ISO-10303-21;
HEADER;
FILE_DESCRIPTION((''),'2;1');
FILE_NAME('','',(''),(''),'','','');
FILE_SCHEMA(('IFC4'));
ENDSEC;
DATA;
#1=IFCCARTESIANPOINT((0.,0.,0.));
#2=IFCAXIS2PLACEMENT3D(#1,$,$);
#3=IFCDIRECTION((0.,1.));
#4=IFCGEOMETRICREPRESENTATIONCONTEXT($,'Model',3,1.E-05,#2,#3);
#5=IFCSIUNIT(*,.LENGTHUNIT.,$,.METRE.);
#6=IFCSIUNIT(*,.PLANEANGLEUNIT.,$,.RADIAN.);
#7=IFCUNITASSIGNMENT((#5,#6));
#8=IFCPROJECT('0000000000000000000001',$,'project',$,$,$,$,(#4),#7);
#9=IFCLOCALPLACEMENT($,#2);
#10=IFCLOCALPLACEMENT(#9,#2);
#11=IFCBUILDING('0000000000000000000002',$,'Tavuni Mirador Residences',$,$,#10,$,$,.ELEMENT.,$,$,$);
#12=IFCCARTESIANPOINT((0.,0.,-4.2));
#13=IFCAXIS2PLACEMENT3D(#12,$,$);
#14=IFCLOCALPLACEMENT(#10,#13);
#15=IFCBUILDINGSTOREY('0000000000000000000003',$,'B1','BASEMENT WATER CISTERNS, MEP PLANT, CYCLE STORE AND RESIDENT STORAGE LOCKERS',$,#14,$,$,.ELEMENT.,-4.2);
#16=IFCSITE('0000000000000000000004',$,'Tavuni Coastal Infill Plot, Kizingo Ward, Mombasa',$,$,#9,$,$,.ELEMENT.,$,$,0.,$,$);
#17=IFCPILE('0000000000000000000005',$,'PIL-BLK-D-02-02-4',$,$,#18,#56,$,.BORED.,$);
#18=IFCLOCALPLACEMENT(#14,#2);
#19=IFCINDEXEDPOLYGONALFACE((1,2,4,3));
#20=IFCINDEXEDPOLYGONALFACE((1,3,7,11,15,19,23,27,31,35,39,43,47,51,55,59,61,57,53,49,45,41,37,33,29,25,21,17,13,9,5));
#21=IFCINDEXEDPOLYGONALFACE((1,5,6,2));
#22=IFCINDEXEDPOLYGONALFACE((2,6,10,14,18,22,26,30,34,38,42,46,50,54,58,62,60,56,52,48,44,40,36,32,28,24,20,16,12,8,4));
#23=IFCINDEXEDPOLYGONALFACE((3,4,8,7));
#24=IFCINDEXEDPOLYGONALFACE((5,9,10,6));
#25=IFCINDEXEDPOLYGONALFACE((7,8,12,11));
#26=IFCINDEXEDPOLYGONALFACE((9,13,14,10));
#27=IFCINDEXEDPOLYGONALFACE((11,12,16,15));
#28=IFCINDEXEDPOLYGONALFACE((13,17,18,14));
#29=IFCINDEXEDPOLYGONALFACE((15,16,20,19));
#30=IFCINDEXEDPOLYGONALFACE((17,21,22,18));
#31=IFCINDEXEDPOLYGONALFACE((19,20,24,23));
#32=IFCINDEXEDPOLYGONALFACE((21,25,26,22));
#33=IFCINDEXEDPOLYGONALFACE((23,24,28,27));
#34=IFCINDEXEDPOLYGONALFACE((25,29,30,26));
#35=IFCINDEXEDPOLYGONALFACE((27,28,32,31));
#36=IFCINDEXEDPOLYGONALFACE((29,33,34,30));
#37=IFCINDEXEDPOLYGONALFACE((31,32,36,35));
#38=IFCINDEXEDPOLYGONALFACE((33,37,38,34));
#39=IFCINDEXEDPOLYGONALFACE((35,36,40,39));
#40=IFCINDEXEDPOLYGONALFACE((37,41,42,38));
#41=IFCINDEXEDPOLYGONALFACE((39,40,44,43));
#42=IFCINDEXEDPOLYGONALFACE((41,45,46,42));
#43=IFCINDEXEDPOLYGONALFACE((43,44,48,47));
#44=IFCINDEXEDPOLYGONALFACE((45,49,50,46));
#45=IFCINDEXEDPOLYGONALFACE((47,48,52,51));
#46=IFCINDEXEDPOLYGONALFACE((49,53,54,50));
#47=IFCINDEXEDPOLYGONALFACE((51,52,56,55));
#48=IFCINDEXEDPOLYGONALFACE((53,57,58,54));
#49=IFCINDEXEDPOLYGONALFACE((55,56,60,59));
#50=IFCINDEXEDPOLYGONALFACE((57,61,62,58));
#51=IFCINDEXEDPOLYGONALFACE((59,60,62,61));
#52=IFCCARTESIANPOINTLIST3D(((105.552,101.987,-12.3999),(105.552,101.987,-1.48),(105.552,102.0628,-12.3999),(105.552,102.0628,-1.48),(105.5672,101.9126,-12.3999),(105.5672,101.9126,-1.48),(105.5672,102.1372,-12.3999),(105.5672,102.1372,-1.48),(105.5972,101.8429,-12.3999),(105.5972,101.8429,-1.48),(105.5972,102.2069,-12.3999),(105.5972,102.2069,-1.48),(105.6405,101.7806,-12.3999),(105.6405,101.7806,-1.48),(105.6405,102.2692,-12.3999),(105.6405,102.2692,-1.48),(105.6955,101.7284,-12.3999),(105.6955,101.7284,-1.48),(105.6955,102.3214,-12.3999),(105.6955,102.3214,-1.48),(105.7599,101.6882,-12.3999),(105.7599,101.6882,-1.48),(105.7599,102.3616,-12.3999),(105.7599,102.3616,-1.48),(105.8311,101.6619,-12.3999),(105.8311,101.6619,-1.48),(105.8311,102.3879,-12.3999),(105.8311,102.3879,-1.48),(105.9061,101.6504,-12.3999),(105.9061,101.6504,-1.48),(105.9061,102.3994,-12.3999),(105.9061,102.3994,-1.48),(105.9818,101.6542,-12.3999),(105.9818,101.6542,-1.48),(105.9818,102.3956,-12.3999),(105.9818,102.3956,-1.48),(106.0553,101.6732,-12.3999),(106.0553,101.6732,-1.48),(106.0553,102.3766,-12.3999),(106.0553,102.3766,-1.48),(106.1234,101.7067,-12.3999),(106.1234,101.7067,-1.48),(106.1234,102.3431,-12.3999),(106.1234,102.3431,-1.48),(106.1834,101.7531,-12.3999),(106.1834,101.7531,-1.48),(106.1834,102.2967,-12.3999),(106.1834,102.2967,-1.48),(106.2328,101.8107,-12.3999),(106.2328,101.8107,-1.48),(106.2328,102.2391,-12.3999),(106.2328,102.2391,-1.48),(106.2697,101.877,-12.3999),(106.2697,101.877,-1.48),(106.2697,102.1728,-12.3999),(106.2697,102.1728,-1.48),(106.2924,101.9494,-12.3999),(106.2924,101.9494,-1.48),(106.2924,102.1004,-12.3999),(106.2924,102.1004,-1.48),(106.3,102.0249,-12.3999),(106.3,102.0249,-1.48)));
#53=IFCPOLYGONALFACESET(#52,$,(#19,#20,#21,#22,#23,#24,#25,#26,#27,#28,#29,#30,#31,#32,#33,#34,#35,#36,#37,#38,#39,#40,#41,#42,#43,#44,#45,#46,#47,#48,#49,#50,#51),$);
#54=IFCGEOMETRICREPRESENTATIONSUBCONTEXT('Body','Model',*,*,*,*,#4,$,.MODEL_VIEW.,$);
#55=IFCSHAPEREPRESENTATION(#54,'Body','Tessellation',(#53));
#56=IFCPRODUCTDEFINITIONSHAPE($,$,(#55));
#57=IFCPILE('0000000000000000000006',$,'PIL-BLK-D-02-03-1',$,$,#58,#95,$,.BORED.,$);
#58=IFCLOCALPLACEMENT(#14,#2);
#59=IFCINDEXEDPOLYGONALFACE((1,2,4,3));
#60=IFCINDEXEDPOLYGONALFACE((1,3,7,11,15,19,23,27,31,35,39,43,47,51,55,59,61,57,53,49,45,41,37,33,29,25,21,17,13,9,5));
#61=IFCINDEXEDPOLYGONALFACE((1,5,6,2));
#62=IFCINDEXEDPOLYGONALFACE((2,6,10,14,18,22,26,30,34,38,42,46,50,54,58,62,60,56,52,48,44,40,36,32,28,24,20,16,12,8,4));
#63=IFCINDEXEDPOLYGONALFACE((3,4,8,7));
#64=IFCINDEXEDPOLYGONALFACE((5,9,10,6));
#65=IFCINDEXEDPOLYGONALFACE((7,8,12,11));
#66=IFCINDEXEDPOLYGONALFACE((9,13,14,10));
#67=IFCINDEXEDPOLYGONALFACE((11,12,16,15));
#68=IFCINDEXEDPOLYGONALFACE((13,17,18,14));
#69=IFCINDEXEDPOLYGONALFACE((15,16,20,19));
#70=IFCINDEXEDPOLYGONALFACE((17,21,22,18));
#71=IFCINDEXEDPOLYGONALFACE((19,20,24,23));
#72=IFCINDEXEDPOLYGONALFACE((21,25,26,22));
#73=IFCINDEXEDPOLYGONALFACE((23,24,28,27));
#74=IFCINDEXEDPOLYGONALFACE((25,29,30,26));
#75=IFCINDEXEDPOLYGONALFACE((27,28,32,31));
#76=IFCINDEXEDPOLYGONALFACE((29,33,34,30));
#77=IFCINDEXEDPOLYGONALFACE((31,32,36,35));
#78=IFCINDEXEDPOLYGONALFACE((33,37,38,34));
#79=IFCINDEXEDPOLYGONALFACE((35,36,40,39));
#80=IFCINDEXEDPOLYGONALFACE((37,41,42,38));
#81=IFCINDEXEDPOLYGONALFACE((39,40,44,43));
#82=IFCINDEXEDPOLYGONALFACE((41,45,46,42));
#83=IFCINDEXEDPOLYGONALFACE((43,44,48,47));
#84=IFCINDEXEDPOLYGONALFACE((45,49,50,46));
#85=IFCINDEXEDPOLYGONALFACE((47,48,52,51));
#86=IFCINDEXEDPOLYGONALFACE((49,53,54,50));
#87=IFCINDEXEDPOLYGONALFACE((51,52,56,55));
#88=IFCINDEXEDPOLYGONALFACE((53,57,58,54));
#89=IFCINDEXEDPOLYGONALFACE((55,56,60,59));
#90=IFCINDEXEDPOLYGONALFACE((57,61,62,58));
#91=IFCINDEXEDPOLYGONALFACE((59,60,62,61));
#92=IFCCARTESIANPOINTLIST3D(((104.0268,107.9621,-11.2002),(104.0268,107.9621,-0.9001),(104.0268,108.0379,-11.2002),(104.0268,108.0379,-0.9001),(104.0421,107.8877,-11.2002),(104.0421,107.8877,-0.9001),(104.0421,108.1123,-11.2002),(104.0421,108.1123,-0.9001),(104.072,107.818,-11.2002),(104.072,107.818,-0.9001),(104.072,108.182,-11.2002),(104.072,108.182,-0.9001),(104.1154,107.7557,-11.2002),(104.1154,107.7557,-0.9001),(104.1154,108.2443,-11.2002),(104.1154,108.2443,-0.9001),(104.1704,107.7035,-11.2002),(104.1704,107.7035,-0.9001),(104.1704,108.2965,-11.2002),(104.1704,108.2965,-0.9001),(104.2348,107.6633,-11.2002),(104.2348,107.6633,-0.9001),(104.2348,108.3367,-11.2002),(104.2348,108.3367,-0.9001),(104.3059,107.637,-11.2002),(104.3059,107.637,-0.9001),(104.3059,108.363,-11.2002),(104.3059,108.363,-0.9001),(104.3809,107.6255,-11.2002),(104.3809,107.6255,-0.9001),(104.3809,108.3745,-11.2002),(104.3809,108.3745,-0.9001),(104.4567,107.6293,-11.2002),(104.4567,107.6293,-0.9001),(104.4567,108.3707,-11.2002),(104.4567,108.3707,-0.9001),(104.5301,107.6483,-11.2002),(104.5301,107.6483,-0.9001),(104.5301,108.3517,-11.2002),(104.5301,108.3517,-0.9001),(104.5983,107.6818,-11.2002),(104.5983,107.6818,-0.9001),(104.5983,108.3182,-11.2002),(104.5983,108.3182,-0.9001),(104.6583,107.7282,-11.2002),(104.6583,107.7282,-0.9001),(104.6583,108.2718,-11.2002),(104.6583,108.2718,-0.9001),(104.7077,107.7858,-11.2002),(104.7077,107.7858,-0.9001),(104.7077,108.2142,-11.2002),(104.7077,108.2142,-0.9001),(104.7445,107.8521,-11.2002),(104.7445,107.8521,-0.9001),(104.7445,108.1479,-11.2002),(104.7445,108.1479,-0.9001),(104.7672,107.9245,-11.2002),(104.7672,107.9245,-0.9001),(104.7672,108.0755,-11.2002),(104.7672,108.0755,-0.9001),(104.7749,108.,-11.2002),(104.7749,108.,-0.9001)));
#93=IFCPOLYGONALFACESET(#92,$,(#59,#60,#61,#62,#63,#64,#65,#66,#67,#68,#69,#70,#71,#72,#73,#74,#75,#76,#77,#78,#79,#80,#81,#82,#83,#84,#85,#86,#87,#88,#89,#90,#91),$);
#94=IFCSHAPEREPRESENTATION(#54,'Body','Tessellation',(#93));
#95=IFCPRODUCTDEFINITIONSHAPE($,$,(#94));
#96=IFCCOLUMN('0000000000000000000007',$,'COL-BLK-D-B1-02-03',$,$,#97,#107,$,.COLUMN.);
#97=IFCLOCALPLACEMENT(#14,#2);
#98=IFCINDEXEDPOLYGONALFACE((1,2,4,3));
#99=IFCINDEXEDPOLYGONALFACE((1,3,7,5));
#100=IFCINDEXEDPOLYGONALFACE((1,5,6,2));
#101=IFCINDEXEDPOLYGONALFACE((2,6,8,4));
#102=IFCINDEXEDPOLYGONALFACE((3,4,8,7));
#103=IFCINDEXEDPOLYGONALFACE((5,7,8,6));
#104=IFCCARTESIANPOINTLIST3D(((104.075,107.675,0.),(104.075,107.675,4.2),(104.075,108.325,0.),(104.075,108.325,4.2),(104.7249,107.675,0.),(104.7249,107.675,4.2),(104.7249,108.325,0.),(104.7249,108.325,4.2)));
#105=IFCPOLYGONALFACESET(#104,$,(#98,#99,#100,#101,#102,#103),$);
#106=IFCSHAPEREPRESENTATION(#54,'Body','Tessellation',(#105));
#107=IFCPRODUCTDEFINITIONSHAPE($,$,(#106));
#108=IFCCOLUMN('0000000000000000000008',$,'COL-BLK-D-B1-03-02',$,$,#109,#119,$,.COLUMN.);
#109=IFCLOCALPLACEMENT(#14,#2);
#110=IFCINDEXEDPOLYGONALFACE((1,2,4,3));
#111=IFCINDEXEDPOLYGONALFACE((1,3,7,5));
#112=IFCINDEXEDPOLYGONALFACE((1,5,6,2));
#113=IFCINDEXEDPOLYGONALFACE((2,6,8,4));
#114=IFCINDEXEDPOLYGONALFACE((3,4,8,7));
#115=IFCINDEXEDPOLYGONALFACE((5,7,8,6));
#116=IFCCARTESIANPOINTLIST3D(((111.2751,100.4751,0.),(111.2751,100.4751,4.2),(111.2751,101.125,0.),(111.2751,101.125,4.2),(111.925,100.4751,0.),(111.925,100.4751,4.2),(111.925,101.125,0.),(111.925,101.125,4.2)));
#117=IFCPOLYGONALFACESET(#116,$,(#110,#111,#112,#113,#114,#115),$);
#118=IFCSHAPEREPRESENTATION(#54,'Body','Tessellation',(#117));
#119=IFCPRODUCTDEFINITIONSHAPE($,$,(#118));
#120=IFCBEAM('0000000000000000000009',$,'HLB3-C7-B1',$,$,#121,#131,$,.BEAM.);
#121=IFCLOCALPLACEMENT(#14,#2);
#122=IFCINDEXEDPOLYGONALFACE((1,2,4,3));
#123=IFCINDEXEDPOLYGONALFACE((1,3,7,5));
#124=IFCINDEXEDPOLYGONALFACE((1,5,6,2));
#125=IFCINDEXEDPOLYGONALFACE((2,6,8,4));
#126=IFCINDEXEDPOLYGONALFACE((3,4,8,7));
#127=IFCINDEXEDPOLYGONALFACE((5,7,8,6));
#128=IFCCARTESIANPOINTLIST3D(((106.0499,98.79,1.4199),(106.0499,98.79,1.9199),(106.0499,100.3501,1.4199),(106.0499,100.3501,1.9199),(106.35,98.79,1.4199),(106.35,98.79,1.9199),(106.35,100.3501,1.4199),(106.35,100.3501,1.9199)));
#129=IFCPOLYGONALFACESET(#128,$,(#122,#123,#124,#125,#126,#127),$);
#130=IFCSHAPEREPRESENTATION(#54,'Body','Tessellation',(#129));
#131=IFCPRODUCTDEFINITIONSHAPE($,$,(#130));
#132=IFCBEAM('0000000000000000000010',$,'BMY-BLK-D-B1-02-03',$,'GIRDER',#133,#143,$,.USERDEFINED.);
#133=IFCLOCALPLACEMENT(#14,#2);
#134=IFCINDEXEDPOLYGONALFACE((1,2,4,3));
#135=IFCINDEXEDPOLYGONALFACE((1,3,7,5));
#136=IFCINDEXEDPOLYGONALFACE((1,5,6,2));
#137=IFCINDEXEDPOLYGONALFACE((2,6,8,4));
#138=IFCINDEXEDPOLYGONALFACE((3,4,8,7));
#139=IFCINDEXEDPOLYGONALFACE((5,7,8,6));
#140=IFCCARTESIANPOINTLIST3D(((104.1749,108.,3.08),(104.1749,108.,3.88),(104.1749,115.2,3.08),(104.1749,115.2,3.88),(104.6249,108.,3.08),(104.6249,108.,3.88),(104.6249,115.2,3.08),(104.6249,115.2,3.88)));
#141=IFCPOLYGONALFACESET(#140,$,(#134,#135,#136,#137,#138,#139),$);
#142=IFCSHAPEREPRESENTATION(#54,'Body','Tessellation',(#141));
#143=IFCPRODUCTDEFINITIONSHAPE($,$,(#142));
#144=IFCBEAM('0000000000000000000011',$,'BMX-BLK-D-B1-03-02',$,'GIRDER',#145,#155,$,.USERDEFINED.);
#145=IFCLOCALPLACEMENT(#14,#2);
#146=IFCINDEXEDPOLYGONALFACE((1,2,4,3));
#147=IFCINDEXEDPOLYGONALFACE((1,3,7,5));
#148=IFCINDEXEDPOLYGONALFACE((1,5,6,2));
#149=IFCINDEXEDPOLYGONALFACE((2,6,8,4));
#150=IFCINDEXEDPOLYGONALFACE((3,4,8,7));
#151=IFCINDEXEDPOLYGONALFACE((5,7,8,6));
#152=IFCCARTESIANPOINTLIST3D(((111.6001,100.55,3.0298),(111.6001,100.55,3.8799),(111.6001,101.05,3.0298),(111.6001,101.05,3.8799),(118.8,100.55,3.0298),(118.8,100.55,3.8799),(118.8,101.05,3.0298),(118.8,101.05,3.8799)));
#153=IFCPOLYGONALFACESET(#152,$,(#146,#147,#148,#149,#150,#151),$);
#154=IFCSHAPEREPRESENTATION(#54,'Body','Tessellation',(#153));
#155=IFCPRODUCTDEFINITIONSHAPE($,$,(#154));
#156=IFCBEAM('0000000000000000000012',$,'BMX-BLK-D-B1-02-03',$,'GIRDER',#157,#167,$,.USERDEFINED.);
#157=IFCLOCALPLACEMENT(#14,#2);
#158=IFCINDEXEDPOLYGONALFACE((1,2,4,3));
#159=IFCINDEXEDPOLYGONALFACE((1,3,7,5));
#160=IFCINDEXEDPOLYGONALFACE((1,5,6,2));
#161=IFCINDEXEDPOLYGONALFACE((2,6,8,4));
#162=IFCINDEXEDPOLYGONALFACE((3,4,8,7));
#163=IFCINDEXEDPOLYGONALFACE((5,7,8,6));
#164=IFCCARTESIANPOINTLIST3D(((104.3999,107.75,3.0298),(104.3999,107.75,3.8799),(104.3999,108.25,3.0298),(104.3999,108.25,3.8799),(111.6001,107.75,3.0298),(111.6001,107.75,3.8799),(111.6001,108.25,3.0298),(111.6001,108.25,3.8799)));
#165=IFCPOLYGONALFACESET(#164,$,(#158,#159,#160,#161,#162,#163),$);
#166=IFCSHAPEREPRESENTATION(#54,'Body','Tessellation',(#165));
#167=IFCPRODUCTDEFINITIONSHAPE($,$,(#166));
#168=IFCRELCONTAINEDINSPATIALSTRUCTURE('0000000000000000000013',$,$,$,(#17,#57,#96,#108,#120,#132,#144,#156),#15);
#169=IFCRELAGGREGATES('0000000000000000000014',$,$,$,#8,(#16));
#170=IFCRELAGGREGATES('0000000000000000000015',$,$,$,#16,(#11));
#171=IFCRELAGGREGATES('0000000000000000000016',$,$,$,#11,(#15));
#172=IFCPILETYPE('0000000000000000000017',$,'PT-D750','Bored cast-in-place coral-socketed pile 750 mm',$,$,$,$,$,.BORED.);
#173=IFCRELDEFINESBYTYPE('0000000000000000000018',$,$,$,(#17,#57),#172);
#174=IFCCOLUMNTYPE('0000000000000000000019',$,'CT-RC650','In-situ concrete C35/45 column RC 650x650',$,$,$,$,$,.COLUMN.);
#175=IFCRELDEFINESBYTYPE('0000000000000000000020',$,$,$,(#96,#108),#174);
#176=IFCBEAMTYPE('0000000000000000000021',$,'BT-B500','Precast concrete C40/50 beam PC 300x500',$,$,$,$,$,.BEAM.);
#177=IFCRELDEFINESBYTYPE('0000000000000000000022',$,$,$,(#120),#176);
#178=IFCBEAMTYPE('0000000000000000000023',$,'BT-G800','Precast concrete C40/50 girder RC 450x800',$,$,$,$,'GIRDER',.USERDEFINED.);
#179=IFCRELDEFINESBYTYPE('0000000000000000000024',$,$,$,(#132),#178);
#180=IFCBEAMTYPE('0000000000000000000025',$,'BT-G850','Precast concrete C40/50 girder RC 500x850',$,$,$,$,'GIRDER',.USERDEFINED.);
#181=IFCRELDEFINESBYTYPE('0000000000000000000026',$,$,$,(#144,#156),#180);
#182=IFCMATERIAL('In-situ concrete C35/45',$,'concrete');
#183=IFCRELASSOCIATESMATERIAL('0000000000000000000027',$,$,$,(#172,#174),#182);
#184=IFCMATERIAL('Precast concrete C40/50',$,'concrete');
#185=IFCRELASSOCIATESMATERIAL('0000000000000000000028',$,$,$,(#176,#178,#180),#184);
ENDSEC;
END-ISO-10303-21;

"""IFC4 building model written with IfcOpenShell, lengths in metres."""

from ifc_helpers import new_model, si_unit, direction, frame, origin, origin_2d, place, context, subcontext, project, spatial, rectangle, circle, extrude, material, material_profile, profile_set, type_object, element, save


model = new_model("IFC4")

# Units and contexts
model_context = context("Model", 3, precision=1e-05, world=origin(), true_north=direction((0.0, 1.0)))
body_context = subcontext(model_context, "Body", "Model", "MODEL_VIEW")
ifc_project = project(units=[si_unit("LENGTHUNIT", "METRE"), si_unit("PLANEANGLEUNIT", "RADIAN")], contexts=[model_context])

# Site, building, storey
site_placement = place(None, origin())
site = spatial("IfcSite", under=ifc_project, at=site_placement, Name="Tavuni Coastal Infill Plot, Kizingo Ward, Mombasa", CompositionType="ELEMENT", RefElevation=0.0)
building_placement = place(site_placement, origin())
building = spatial("IfcBuilding", under=site, at=building_placement, Name="Tavuni Mirador Residences", CompositionType="ELEMENT")
storey_placement = place(building_placement, frame((0.0, 0.0, -4.2)))
storey = spatial("IfcBuildingStorey", under=building, at=storey_placement, Name="B1", Description="BASEMENT WATER CISTERNS, MEP PLANT, CYCLE STORE AND RESIDENT STORAGE LOCKERS", CompositionType="ELEMENT", Elevation=-4.2)

# Shared definitions
ifc_material_1 = material(Name="In-situ concrete C35/45", Category="concrete")

# Piles
ifc_material_profile_1 = material_profile(ifc_material_1, circle(Radius=0.375, at=origin_2d()), Name="PILE D750", Category="concrete")
ifc_profile_set_1 = profile_set([ifc_material_profile_1], Name="In-situ concrete C35/45")
pile_type_1 = type_object("IfcPileType", Name="PT-D750", Description="Bored cast-in-place coral-socketed pile 750 mm", PredefinedType="BORED", material=ifc_profile_set_1)
for number, where, z_axis, x_axis, name in (
    (1, (105.925, 102.0249, -1.48), (0.0, 0.0, -1.0), (1.0, 0.0, 0.0), "PIL-BLK-D-02-02-4"),
):
    element("IfcPile", number, at=place(storey_placement, frame(where, z_axis=z_axis, x_axis=x_axis)), inside=storey, type_object=pile_type_1, Name=name, PredefinedType="BORED", context=body_context, shape_type="SweptSolid", body=[
        extrude(circle(Radius=0.375, at=origin_2d()), origin(), (0.0, 0.0, 1.0), 10.9199),
    ])
pile_1_placement = place(storey_placement, frame((104.3999, 108.0, -0.9001), z_axis=(0.0, 0.0, -1.0), x_axis=(1.0, 0.0, 0.0)))
element("IfcPile", 2, at=pile_1_placement, inside=storey, type_object=pile_type_1, Name="PIL-BLK-D-02-03-1", PredefinedType="BORED", context=body_context, shape_type="SweptSolid", body=[
    extrude(circle(Radius=0.375, at=origin_2d()), origin(), (0.0, 0.0, 1.0), 10.3),
])

# Columns
ifc_material_profile_2 = material_profile(ifc_material_1, rectangle(XDim=0.6499, YDim=0.6499, at=origin_2d()), Name="RC 650x650", Category="concrete")
ifc_profile_set_2 = profile_set([ifc_material_profile_2], Name="In-situ concrete C35/45")
column_type = type_object("IfcColumnType", Name="CT-RC650", Description="In-situ concrete C35/45 column RC 650x650", PredefinedType="COLUMN", material=ifc_profile_set_2)
for number, where, z_axis, x_axis, name in (
    (3, (104.3999, 108.0, 0.0), (0.0, 0.0, 1.0), (1.0, 0.0, 0.0), "COL-BLK-D-B1-02-03"),
    (4, (111.6001, 100.8, 0.0), (0.0, 0.0, 1.0), (1.0, 0.0, 0.0), "COL-BLK-D-B1-03-02"),
):
    element("IfcColumn", number, at=place(storey_placement, frame(where, z_axis=z_axis, x_axis=x_axis)), inside=storey, type_object=column_type, Name=name, PredefinedType="COLUMN", context=body_context, shape_type="SweptSolid", body=[
        extrude(rectangle(XDim=0.6499, YDim=0.6499, at=origin_2d()), origin(), (0.0, 0.0, 1.0), 4.2),
    ])

# Beams
ifc_material_2 = material(Name="Precast concrete C40/50", Category="concrete")
ifc_material_profile_3 = material_profile(ifc_material_2, rectangle(XDim=0.3, YDim=0.5, at=origin_2d()), Name="PC 300x500", Category="concrete")
ifc_profile_set_3 = profile_set([ifc_material_profile_3], Name="Precast concrete C40/50")
beam_type_1 = type_object("IfcBeamType", Name="BT-B500", Description="Precast concrete C40/50 beam PC 300x500", PredefinedType="BEAM", material=ifc_profile_set_3)
beam_1_placement = place(storey_placement, frame((106.2, 98.79, 1.6699), z_axis=(0.0, 1.0, 0.0), x_axis=(-1.0, 0.0, 0.0)))
element("IfcBeam", 5, at=beam_1_placement, inside=storey, type_object=beam_type_1, Name="HLB3-C7-B1", PredefinedType="BEAM", context=body_context, shape_type="SweptSolid", body=[
    extrude(rectangle(XDim=0.3, YDim=0.5, at=origin_2d()), origin(), (0.0, 0.0, 1.0), 1.5601),
])
ifc_material_profile_4 = material_profile(ifc_material_2, rectangle(XDim=0.45, YDim=0.8, at=origin_2d()), Name="RC 450x800", Category="concrete")
ifc_profile_set_4 = profile_set([ifc_material_profile_4], Name="Precast concrete C40/50")
beam_type_2 = type_object("IfcBeamType", Name="BT-G800", Description="Precast concrete C40/50 girder RC 450x800", ElementType="GIRDER", PredefinedType="USERDEFINED", material=ifc_profile_set_4)
beam_2_placement = place(storey_placement, frame((104.3999, 108.0, 3.48), z_axis=(0.0, 1.0, 0.0), x_axis=(-1.0, 0.0, 0.0)))
element("IfcBeam", 6, at=beam_2_placement, inside=storey, type_object=beam_type_2, Name="BMY-BLK-D-B1-02-03", ObjectType="GIRDER", PredefinedType="USERDEFINED", context=body_context, shape_type="SweptSolid", body=[
    extrude(rectangle(XDim=0.45, YDim=0.8, at=origin_2d()), origin(), (0.0, 0.0, 1.0), 7.2),
])
ifc_material_profile_5 = material_profile(ifc_material_2, rectangle(XDim=0.5, YDim=0.8501, at=origin_2d()), Name="RC 500x850", Category="concrete")
ifc_profile_set_5 = profile_set([ifc_material_profile_5], Name="Precast concrete C40/50")
beam_type_3 = type_object("IfcBeamType", Name="BT-G850", Description="Precast concrete C40/50 girder RC 500x850", ElementType="GIRDER", PredefinedType="USERDEFINED", material=ifc_profile_set_5)
beam_3_placement = place(storey_placement, frame((111.6001, 100.8, 3.4548), z_axis=(1.0, 0.0, 0.0), x_axis=(0.0, 1.0, 0.0)))
element("IfcBeam", 7, at=beam_3_placement, inside=storey, type_object=beam_type_3, Name="BMX-BLK-D-B1-03-02", ObjectType="GIRDER", PredefinedType="USERDEFINED", context=body_context, shape_type="SweptSolid", body=[
    extrude(rectangle(XDim=0.5, YDim=0.8501, at=origin_2d()), origin(), (0.0, 0.0, 1.0), 7.2),
])
beam_4_placement = place(storey_placement, frame((104.3999, 108.0, 3.4548), z_axis=(1.0, 0.0, 0.0), x_axis=(0.0, 1.0, 0.0)))
element("IfcBeam", 8, at=beam_4_placement, inside=storey, type_object=beam_type_3, Name="BMX-BLK-D-B1-02-03", ObjectType="GIRDER", PredefinedType="USERDEFINED", context=body_context, shape_type="SweptSolid", body=[
    extrude(rectangle(XDim=0.5, YDim=0.8501, at=origin_2d()), origin(), (0.0, 0.0, 1.0), 7.2002),
])

save(model, "model.ifc")
